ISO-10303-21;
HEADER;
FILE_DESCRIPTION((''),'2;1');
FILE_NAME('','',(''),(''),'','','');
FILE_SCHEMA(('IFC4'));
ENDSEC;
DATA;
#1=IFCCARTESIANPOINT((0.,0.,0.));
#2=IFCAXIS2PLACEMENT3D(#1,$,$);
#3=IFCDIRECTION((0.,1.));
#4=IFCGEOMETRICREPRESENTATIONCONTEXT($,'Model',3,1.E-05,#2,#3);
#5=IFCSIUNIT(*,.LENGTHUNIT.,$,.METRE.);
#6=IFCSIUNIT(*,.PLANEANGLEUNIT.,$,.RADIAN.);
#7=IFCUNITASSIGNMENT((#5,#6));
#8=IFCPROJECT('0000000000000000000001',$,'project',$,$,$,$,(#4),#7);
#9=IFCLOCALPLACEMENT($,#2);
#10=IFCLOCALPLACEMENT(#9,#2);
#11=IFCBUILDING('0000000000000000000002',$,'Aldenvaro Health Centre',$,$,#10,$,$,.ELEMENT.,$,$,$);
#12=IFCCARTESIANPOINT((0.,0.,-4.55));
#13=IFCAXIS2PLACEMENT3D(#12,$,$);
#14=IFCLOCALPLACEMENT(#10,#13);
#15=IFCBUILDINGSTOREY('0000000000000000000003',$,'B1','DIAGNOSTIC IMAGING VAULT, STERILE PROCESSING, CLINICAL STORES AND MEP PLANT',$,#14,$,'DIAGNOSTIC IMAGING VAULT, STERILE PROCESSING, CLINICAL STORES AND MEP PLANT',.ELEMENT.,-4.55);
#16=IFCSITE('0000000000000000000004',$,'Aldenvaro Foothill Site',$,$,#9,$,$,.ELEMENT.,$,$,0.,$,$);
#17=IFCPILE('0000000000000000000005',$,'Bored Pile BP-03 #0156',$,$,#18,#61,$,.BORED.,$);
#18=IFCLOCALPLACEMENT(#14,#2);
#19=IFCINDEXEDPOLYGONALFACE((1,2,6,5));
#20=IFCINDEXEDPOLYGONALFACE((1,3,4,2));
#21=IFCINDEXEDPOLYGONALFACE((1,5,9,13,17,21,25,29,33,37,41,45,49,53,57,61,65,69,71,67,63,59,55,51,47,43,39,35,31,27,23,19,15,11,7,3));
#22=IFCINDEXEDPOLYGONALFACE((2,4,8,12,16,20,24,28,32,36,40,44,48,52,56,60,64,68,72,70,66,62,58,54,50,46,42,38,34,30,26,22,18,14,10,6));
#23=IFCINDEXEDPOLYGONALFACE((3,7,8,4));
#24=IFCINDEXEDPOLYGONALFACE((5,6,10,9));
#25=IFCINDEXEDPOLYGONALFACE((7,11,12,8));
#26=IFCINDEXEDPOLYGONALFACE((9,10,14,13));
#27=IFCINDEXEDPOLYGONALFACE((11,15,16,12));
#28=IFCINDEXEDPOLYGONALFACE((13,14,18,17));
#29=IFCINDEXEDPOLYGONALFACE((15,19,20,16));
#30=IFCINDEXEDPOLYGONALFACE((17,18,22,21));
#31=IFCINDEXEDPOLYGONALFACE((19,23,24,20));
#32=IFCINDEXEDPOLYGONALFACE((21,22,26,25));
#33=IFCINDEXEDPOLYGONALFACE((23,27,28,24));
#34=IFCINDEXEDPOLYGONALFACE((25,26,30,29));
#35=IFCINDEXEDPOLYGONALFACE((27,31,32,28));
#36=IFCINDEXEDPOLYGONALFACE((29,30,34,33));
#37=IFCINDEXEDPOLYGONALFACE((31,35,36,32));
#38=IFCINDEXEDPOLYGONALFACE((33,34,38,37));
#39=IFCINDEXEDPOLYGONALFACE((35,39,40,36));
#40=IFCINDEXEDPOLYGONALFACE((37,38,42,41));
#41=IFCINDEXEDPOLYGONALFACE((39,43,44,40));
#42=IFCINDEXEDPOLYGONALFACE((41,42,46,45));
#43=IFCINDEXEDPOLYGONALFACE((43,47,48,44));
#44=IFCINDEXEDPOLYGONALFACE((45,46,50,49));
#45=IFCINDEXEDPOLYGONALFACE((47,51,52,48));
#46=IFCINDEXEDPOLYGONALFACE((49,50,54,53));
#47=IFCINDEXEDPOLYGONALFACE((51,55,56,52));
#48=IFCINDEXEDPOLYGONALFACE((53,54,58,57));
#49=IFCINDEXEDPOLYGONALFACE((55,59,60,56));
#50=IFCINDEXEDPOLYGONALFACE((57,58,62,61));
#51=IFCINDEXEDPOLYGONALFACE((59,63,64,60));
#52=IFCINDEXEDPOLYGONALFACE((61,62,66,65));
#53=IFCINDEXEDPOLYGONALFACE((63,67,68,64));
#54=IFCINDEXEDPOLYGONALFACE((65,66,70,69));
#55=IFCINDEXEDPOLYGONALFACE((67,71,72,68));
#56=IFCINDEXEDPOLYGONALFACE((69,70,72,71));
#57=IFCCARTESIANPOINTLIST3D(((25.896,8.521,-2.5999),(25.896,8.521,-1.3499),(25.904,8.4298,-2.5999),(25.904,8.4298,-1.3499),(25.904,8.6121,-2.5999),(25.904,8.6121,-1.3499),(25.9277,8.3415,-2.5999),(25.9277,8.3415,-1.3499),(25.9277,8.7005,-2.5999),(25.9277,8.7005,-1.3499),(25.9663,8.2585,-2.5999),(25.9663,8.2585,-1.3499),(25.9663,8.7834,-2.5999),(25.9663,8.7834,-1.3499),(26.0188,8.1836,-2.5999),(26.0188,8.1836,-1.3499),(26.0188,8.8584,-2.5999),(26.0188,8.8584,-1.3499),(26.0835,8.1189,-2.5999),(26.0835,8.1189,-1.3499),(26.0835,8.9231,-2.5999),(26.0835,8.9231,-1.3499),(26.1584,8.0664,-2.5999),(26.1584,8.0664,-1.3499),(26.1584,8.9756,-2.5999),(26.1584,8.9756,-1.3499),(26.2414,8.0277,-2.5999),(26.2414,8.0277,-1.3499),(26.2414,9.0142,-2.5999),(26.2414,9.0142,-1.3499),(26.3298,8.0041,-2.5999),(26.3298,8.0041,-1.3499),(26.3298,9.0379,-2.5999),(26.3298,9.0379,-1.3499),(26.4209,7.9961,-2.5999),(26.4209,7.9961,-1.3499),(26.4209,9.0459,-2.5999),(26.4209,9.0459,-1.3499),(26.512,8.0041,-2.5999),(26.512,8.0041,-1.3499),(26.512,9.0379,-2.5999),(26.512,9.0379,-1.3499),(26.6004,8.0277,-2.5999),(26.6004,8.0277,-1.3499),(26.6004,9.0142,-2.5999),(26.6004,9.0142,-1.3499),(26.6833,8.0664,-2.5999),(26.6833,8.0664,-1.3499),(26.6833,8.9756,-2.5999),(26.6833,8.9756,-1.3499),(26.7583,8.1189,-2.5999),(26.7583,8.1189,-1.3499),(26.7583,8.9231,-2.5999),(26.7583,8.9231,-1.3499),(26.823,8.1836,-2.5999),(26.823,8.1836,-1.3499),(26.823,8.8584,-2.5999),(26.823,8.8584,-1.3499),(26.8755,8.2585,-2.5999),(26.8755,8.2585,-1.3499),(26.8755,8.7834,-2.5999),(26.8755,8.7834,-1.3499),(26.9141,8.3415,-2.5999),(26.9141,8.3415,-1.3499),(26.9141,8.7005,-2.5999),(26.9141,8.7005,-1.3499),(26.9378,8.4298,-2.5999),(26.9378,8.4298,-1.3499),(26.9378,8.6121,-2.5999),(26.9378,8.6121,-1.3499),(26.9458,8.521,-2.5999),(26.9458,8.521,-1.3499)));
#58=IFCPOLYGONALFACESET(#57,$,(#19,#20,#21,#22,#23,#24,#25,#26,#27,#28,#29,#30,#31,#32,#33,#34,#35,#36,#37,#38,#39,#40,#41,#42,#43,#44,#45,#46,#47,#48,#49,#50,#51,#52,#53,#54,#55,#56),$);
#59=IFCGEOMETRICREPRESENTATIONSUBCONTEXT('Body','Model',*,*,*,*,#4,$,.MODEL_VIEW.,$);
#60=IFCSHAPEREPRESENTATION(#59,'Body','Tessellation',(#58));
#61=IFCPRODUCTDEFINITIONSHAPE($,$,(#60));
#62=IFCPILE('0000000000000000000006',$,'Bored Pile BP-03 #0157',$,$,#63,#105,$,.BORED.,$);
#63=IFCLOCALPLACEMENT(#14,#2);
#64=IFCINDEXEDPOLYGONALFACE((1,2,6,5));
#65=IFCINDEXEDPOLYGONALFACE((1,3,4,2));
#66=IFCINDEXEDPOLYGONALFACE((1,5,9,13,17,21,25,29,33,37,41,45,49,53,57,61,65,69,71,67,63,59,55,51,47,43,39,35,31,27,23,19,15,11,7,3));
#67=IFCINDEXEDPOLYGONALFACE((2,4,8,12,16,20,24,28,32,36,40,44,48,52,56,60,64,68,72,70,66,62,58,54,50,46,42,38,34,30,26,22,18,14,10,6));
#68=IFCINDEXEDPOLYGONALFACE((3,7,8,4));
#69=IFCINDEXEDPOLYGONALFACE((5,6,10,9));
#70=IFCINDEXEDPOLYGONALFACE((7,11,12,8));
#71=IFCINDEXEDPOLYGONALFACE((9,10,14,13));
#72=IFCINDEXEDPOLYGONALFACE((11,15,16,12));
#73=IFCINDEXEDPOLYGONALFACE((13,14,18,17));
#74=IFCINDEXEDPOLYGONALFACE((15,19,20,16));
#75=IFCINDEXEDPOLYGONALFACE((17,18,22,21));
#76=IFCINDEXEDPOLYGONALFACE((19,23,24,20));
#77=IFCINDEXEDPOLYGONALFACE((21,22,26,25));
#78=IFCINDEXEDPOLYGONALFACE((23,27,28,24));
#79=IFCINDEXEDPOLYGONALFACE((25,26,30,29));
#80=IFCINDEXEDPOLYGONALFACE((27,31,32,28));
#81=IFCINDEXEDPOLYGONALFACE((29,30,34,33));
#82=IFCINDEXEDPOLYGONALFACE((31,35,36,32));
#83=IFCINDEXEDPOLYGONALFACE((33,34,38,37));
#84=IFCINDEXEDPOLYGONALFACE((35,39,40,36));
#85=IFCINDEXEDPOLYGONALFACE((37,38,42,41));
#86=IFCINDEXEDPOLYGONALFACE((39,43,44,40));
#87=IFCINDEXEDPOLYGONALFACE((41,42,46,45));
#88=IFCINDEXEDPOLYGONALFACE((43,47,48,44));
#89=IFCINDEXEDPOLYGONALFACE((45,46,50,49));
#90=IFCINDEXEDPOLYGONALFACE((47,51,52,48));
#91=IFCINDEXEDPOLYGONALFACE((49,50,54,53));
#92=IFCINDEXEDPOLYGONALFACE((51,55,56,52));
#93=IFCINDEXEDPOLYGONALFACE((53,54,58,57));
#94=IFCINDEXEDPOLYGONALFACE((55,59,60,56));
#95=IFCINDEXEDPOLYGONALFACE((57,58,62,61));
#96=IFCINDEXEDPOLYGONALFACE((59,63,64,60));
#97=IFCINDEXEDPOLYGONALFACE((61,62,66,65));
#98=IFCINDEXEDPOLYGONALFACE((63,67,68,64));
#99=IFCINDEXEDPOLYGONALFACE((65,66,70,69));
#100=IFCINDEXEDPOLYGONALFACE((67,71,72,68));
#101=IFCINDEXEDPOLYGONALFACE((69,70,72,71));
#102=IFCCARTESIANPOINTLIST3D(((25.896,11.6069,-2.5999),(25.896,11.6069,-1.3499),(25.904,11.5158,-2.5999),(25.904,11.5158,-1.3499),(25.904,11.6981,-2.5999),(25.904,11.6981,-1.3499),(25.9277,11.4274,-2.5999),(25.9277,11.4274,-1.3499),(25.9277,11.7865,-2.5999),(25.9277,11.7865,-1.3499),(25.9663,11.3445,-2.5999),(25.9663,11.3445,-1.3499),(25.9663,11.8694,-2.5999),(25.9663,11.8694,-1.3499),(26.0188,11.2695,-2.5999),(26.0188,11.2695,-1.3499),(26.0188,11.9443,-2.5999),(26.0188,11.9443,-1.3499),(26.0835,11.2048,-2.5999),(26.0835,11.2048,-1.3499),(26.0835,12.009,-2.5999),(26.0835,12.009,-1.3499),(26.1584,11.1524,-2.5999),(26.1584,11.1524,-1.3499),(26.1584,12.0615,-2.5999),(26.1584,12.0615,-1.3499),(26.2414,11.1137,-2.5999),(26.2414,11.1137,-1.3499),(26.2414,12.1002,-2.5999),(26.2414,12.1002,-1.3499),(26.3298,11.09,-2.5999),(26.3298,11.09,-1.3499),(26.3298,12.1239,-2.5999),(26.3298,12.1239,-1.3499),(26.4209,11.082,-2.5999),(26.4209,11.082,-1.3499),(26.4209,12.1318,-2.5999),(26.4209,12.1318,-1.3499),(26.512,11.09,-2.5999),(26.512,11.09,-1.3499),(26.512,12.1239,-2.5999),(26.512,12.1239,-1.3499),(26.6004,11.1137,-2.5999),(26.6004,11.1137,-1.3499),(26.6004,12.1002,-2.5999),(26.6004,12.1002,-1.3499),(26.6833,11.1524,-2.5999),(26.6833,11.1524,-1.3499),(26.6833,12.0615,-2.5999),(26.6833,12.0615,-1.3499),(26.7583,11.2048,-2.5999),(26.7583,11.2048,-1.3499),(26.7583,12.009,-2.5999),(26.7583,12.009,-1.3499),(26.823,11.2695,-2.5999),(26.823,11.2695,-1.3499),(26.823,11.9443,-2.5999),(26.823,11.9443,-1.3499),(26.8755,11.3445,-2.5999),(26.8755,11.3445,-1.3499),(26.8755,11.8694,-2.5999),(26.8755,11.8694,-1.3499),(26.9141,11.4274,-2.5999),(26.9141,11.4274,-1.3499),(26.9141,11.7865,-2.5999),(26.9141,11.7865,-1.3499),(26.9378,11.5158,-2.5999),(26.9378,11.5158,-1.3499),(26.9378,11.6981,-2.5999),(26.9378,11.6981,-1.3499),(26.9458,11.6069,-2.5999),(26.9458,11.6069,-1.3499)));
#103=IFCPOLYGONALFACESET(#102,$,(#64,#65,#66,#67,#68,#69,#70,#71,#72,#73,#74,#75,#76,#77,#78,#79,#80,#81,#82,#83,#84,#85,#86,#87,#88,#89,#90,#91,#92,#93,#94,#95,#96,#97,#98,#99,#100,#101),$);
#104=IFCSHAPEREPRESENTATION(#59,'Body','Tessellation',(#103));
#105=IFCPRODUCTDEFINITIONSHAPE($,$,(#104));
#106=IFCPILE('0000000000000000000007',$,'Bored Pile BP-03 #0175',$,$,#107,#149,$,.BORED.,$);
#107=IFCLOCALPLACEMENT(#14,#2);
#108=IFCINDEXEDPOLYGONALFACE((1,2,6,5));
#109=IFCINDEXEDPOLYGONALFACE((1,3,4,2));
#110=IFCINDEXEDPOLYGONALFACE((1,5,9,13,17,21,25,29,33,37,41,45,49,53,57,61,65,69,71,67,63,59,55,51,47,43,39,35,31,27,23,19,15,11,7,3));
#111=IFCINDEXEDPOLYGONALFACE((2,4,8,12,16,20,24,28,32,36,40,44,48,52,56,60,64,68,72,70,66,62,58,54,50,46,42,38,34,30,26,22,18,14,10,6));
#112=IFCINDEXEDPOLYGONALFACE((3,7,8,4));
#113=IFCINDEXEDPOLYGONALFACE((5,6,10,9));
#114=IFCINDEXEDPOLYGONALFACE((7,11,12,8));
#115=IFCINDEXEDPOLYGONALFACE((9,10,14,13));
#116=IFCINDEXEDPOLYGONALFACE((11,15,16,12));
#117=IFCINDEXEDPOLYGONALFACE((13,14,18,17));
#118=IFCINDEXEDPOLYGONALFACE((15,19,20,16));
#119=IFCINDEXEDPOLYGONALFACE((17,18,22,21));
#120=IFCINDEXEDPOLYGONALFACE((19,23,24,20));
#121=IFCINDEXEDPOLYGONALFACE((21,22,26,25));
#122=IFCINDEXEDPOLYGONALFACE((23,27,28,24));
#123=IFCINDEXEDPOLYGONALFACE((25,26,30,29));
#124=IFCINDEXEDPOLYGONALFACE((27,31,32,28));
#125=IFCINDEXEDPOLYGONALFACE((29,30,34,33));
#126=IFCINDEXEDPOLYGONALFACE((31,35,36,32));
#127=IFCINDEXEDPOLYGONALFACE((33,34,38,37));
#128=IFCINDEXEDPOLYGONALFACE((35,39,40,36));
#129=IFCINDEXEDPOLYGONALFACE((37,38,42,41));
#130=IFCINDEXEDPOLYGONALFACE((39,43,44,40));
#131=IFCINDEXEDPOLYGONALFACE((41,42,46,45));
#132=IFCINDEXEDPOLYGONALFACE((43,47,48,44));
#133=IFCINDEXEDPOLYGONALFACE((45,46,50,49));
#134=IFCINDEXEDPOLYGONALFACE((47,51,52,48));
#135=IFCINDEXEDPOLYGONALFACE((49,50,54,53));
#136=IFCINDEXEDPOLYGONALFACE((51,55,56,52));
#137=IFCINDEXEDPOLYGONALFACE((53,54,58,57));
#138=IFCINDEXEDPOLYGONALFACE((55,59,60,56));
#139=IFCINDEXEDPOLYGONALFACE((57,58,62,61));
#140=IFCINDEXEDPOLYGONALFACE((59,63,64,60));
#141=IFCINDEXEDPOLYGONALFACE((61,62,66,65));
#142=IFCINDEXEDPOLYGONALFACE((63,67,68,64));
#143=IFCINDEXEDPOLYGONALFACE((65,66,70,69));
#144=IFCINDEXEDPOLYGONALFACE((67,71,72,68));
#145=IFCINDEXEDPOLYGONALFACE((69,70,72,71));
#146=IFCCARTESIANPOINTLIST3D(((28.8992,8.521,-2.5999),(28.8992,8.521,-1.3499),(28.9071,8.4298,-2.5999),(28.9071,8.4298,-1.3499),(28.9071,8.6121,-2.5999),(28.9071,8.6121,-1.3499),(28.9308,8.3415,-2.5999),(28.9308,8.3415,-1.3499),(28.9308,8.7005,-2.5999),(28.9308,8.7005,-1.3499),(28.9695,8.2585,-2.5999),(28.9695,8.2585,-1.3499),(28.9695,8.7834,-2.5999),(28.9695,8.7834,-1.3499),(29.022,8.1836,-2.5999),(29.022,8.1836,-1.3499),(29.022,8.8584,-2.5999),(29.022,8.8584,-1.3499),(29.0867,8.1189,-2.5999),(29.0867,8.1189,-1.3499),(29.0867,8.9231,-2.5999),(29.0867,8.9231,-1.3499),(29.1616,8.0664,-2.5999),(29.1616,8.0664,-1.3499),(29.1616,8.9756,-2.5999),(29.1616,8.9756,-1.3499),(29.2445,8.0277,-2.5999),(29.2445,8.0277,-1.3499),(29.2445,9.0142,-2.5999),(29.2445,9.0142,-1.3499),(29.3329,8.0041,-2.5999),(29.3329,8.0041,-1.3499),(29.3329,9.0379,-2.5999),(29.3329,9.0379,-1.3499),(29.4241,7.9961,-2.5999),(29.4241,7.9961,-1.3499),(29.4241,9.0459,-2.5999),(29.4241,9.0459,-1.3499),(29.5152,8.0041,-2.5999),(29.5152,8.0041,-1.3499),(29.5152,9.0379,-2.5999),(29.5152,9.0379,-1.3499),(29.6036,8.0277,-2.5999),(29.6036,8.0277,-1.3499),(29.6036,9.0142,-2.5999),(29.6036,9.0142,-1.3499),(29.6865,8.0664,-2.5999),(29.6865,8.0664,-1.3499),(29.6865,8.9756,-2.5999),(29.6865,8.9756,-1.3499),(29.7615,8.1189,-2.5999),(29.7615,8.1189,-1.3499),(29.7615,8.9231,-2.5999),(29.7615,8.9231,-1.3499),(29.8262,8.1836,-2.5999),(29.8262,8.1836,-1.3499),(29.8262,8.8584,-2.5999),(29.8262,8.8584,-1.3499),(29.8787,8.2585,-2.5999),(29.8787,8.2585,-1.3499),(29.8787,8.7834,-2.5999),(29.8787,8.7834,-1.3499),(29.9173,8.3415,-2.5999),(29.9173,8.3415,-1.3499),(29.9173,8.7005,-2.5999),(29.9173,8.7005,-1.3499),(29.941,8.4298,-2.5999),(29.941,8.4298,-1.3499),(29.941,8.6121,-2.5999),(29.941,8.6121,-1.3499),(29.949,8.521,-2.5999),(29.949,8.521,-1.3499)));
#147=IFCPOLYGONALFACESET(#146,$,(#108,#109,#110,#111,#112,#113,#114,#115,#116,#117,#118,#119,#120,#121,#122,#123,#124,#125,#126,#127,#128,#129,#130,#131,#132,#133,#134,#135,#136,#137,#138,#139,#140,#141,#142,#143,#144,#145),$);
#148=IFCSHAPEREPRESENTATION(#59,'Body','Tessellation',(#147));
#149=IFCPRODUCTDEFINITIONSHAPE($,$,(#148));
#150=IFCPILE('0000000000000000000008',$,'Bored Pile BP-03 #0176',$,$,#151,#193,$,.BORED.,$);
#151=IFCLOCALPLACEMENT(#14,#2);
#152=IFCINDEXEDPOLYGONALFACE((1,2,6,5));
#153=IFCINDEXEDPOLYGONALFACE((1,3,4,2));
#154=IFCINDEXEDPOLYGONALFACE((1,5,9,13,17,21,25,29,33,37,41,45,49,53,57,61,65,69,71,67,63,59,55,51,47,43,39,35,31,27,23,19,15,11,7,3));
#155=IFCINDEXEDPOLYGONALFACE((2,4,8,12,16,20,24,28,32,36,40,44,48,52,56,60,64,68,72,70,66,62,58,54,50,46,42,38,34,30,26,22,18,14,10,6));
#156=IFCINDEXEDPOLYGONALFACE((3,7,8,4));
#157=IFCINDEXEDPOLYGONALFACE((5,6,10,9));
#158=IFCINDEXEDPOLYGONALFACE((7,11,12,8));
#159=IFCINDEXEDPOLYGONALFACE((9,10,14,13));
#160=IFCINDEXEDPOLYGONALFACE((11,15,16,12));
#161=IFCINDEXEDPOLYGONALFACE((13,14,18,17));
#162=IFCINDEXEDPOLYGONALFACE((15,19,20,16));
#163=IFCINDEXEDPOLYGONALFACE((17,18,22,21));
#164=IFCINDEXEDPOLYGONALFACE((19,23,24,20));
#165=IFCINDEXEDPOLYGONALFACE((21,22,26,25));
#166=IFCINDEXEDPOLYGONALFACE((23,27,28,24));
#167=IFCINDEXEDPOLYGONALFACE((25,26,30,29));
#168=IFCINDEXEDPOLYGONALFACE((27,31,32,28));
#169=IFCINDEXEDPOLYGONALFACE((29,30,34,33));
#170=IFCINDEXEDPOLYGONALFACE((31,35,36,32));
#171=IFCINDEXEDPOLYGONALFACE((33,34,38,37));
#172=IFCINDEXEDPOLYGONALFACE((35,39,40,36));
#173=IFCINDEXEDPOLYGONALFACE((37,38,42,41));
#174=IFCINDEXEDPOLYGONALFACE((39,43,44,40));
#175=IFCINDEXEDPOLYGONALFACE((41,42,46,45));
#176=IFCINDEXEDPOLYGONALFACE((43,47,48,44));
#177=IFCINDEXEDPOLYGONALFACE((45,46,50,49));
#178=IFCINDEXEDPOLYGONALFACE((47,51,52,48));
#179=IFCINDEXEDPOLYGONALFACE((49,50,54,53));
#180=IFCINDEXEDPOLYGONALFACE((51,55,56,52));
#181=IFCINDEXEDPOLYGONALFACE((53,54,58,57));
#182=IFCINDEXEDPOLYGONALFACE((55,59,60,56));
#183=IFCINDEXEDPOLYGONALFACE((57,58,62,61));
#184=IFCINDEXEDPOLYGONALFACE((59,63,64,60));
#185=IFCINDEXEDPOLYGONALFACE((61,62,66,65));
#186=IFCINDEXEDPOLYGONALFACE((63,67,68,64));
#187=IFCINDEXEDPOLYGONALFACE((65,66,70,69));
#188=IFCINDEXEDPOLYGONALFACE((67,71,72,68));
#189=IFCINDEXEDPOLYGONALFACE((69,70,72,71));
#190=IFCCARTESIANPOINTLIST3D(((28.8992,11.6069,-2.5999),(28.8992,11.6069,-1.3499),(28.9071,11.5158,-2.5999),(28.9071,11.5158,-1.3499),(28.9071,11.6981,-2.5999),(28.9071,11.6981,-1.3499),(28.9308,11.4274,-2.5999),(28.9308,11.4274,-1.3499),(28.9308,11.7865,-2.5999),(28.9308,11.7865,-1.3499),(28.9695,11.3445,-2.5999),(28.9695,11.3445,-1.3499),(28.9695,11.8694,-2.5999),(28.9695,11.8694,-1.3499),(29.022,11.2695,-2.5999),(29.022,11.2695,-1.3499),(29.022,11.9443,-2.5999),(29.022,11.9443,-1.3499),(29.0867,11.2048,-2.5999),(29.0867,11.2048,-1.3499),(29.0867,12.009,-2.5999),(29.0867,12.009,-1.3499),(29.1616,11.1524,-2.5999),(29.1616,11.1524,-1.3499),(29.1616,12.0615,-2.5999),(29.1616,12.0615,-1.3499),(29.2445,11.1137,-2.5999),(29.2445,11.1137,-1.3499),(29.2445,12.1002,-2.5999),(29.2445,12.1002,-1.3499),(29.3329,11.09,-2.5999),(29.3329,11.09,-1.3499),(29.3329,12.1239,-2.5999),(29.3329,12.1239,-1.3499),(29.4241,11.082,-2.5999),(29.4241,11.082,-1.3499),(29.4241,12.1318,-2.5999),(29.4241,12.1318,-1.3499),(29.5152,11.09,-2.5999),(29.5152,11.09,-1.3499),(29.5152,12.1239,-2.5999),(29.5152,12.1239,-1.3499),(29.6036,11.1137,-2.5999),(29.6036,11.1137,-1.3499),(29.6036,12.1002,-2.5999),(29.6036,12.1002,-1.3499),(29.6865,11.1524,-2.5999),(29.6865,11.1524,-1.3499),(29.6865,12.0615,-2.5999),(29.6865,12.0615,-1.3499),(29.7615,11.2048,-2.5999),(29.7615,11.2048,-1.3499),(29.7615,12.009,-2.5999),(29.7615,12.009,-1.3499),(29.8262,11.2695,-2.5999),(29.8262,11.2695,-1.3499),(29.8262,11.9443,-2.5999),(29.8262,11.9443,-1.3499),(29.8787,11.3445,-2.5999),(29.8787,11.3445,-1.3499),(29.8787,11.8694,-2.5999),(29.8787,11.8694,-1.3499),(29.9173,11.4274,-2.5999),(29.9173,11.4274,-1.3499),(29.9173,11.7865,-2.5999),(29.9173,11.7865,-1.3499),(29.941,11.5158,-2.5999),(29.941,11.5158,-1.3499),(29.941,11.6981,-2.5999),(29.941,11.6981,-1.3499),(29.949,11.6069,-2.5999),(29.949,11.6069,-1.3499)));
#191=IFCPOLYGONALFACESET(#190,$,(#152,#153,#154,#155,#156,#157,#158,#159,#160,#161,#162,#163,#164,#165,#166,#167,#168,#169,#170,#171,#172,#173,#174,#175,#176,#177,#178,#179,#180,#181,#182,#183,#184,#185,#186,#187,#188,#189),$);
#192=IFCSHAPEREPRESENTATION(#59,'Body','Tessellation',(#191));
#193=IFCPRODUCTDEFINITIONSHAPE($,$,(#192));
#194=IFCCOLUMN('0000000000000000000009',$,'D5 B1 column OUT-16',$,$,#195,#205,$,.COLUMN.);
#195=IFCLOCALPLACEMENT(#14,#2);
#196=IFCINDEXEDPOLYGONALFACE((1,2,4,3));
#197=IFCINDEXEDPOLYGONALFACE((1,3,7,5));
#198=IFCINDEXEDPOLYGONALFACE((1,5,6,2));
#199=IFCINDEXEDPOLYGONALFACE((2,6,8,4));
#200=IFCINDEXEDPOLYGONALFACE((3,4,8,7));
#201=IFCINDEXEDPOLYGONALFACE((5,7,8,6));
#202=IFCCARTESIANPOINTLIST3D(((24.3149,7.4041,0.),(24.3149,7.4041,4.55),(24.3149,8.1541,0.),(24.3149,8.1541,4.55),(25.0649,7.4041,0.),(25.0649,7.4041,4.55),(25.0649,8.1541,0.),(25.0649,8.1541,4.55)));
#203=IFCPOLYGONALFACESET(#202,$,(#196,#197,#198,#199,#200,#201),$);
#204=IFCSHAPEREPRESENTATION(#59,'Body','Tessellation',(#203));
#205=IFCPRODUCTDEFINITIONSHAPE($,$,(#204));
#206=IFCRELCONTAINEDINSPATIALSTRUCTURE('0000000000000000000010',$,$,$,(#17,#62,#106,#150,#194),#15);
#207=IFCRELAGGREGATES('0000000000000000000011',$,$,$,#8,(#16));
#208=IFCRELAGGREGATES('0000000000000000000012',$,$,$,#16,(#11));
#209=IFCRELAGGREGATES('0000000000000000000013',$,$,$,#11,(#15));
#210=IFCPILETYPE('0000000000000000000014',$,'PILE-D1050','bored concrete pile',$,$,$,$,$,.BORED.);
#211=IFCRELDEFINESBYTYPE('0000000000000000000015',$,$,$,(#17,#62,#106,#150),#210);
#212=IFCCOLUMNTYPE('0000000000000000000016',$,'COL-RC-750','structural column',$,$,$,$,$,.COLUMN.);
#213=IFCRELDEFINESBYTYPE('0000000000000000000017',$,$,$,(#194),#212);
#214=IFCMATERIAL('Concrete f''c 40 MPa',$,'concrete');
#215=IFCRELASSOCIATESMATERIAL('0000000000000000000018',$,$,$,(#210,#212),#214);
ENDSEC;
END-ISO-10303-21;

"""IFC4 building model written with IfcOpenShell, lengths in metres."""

from ifc_helpers import new_model, si_unit, direction, frame, origin, origin_2d, place, context, subcontext, project, spatial, rectangle, circle, extrude, material, material_profile, profile_set, type_object, element, save


model = new_model("IFC4")

# Units and contexts
model_context = context("Model", 3, precision=1e-05, world=origin(), true_north=direction((0.0, 1.0)))
body_context = subcontext(model_context, "Body", "Model", "MODEL_VIEW")
ifc_project = project(units=[si_unit("LENGTHUNIT", "METRE"), si_unit("PLANEANGLEUNIT", "RADIAN")], contexts=[model_context])

# Site, building, storey
site_placement = place(None, origin())
site = spatial("IfcSite", under=ifc_project, at=site_placement, Name="Aldenvaro Foothill Site", CompositionType="ELEMENT", RefElevation=0.0)
building_placement = place(site_placement, origin())
building = spatial("IfcBuilding", under=site, at=building_placement, Name="Aldenvaro Health Centre", CompositionType="ELEMENT")
storey_placement = place(building_placement, frame((0.0, 0.0, -4.55)))
storey = spatial("IfcBuildingStorey", under=building, at=storey_placement, Name="B1", Description="DIAGNOSTIC IMAGING VAULT, STERILE PROCESSING, CLINICAL STORES AND MEP PLANT", LongName="DIAGNOSTIC IMAGING VAULT, STERILE PROCESSING, CLINICAL STORES AND MEP PLANT", CompositionType="ELEMENT", Elevation=-4.55)

# Piles
ifc_material_1 = material(Name="Concrete f'c 40 MPa", Category="concrete")
ifc_material_profile_1 = material_profile(ifc_material_1, circle(Radius=0.5249, at=origin_2d()), Name="PILE D1050", Category="concrete")
ifc_profile_set_1 = profile_set([ifc_material_profile_1], Name="Concrete f'c 40 MPa")
pile_type = type_object("IfcPileType", Name="PILE-D1050", Description="bored concrete pile", PredefinedType="BORED", material=ifc_profile_set_1)
for number, where, z_axis, x_axis, name in (
    (1, (26.4209, 8.521, -1.3499), (0.0, 0.0, -1.0), (1.0, 0.0, 0.0), "Bored Pile BP-03 #0156"),
    (2, (26.4209, 11.6069, -1.3499), (0.0, 0.0, -1.0), (1.0, 0.0, 0.0), "Bored Pile BP-03 #0157"),
    (3, (29.4241, 8.521, -1.3499), (0.0, 0.0, -1.0), (1.0, 0.0, 0.0), "Bored Pile BP-03 #0175"),
    (4, (29.4241, 11.6069, -1.3499), (0.0, 0.0, -1.0), (1.0, 0.0, 0.0), "Bored Pile BP-03 #0176"),
):
    element("IfcPile", number, at=place(storey_placement, frame(where, z_axis=z_axis, x_axis=x_axis)), inside=storey, type_object=pile_type, Name=name, PredefinedType="BORED", context=body_context, shape_type="SweptSolid", body=[
        extrude(circle(Radius=0.5249, at=origin_2d()), origin(), (0.0, 0.0, 1.0), 1.25),
    ])

# Column
ifc_material_profile_2 = material_profile(ifc_material_1, rectangle(XDim=0.75, YDim=0.75, at=origin_2d()), Name="RC 750x750", Category="concrete")
ifc_profile_set_2 = profile_set([ifc_material_profile_2], Name="Concrete f'c 40 MPa")
column_type = type_object("IfcColumnType", Name="COL-RC-750", Description="structural column", PredefinedType="COLUMN", material=ifc_profile_set_2)
for number, where, z_axis, x_axis, name in (
    (5, (24.6899, 7.7791, 0.0), (0.0, 0.0, 1.0), (1.0, 0.0, 0.0), "D5 B1 column OUT-16"),
):
    element("IfcColumn", number, at=place(storey_placement, frame(where, z_axis=z_axis, x_axis=x_axis)), inside=storey, type_object=column_type, Name=name, PredefinedType="COLUMN", context=body_context, shape_type="SweptSolid", body=[
        extrude(rectangle(XDim=0.75, YDim=0.75, at=origin_2d()), origin(), (0.0, 0.0, 1.0), 4.55),
    ])

save(model, "model.ifc")
